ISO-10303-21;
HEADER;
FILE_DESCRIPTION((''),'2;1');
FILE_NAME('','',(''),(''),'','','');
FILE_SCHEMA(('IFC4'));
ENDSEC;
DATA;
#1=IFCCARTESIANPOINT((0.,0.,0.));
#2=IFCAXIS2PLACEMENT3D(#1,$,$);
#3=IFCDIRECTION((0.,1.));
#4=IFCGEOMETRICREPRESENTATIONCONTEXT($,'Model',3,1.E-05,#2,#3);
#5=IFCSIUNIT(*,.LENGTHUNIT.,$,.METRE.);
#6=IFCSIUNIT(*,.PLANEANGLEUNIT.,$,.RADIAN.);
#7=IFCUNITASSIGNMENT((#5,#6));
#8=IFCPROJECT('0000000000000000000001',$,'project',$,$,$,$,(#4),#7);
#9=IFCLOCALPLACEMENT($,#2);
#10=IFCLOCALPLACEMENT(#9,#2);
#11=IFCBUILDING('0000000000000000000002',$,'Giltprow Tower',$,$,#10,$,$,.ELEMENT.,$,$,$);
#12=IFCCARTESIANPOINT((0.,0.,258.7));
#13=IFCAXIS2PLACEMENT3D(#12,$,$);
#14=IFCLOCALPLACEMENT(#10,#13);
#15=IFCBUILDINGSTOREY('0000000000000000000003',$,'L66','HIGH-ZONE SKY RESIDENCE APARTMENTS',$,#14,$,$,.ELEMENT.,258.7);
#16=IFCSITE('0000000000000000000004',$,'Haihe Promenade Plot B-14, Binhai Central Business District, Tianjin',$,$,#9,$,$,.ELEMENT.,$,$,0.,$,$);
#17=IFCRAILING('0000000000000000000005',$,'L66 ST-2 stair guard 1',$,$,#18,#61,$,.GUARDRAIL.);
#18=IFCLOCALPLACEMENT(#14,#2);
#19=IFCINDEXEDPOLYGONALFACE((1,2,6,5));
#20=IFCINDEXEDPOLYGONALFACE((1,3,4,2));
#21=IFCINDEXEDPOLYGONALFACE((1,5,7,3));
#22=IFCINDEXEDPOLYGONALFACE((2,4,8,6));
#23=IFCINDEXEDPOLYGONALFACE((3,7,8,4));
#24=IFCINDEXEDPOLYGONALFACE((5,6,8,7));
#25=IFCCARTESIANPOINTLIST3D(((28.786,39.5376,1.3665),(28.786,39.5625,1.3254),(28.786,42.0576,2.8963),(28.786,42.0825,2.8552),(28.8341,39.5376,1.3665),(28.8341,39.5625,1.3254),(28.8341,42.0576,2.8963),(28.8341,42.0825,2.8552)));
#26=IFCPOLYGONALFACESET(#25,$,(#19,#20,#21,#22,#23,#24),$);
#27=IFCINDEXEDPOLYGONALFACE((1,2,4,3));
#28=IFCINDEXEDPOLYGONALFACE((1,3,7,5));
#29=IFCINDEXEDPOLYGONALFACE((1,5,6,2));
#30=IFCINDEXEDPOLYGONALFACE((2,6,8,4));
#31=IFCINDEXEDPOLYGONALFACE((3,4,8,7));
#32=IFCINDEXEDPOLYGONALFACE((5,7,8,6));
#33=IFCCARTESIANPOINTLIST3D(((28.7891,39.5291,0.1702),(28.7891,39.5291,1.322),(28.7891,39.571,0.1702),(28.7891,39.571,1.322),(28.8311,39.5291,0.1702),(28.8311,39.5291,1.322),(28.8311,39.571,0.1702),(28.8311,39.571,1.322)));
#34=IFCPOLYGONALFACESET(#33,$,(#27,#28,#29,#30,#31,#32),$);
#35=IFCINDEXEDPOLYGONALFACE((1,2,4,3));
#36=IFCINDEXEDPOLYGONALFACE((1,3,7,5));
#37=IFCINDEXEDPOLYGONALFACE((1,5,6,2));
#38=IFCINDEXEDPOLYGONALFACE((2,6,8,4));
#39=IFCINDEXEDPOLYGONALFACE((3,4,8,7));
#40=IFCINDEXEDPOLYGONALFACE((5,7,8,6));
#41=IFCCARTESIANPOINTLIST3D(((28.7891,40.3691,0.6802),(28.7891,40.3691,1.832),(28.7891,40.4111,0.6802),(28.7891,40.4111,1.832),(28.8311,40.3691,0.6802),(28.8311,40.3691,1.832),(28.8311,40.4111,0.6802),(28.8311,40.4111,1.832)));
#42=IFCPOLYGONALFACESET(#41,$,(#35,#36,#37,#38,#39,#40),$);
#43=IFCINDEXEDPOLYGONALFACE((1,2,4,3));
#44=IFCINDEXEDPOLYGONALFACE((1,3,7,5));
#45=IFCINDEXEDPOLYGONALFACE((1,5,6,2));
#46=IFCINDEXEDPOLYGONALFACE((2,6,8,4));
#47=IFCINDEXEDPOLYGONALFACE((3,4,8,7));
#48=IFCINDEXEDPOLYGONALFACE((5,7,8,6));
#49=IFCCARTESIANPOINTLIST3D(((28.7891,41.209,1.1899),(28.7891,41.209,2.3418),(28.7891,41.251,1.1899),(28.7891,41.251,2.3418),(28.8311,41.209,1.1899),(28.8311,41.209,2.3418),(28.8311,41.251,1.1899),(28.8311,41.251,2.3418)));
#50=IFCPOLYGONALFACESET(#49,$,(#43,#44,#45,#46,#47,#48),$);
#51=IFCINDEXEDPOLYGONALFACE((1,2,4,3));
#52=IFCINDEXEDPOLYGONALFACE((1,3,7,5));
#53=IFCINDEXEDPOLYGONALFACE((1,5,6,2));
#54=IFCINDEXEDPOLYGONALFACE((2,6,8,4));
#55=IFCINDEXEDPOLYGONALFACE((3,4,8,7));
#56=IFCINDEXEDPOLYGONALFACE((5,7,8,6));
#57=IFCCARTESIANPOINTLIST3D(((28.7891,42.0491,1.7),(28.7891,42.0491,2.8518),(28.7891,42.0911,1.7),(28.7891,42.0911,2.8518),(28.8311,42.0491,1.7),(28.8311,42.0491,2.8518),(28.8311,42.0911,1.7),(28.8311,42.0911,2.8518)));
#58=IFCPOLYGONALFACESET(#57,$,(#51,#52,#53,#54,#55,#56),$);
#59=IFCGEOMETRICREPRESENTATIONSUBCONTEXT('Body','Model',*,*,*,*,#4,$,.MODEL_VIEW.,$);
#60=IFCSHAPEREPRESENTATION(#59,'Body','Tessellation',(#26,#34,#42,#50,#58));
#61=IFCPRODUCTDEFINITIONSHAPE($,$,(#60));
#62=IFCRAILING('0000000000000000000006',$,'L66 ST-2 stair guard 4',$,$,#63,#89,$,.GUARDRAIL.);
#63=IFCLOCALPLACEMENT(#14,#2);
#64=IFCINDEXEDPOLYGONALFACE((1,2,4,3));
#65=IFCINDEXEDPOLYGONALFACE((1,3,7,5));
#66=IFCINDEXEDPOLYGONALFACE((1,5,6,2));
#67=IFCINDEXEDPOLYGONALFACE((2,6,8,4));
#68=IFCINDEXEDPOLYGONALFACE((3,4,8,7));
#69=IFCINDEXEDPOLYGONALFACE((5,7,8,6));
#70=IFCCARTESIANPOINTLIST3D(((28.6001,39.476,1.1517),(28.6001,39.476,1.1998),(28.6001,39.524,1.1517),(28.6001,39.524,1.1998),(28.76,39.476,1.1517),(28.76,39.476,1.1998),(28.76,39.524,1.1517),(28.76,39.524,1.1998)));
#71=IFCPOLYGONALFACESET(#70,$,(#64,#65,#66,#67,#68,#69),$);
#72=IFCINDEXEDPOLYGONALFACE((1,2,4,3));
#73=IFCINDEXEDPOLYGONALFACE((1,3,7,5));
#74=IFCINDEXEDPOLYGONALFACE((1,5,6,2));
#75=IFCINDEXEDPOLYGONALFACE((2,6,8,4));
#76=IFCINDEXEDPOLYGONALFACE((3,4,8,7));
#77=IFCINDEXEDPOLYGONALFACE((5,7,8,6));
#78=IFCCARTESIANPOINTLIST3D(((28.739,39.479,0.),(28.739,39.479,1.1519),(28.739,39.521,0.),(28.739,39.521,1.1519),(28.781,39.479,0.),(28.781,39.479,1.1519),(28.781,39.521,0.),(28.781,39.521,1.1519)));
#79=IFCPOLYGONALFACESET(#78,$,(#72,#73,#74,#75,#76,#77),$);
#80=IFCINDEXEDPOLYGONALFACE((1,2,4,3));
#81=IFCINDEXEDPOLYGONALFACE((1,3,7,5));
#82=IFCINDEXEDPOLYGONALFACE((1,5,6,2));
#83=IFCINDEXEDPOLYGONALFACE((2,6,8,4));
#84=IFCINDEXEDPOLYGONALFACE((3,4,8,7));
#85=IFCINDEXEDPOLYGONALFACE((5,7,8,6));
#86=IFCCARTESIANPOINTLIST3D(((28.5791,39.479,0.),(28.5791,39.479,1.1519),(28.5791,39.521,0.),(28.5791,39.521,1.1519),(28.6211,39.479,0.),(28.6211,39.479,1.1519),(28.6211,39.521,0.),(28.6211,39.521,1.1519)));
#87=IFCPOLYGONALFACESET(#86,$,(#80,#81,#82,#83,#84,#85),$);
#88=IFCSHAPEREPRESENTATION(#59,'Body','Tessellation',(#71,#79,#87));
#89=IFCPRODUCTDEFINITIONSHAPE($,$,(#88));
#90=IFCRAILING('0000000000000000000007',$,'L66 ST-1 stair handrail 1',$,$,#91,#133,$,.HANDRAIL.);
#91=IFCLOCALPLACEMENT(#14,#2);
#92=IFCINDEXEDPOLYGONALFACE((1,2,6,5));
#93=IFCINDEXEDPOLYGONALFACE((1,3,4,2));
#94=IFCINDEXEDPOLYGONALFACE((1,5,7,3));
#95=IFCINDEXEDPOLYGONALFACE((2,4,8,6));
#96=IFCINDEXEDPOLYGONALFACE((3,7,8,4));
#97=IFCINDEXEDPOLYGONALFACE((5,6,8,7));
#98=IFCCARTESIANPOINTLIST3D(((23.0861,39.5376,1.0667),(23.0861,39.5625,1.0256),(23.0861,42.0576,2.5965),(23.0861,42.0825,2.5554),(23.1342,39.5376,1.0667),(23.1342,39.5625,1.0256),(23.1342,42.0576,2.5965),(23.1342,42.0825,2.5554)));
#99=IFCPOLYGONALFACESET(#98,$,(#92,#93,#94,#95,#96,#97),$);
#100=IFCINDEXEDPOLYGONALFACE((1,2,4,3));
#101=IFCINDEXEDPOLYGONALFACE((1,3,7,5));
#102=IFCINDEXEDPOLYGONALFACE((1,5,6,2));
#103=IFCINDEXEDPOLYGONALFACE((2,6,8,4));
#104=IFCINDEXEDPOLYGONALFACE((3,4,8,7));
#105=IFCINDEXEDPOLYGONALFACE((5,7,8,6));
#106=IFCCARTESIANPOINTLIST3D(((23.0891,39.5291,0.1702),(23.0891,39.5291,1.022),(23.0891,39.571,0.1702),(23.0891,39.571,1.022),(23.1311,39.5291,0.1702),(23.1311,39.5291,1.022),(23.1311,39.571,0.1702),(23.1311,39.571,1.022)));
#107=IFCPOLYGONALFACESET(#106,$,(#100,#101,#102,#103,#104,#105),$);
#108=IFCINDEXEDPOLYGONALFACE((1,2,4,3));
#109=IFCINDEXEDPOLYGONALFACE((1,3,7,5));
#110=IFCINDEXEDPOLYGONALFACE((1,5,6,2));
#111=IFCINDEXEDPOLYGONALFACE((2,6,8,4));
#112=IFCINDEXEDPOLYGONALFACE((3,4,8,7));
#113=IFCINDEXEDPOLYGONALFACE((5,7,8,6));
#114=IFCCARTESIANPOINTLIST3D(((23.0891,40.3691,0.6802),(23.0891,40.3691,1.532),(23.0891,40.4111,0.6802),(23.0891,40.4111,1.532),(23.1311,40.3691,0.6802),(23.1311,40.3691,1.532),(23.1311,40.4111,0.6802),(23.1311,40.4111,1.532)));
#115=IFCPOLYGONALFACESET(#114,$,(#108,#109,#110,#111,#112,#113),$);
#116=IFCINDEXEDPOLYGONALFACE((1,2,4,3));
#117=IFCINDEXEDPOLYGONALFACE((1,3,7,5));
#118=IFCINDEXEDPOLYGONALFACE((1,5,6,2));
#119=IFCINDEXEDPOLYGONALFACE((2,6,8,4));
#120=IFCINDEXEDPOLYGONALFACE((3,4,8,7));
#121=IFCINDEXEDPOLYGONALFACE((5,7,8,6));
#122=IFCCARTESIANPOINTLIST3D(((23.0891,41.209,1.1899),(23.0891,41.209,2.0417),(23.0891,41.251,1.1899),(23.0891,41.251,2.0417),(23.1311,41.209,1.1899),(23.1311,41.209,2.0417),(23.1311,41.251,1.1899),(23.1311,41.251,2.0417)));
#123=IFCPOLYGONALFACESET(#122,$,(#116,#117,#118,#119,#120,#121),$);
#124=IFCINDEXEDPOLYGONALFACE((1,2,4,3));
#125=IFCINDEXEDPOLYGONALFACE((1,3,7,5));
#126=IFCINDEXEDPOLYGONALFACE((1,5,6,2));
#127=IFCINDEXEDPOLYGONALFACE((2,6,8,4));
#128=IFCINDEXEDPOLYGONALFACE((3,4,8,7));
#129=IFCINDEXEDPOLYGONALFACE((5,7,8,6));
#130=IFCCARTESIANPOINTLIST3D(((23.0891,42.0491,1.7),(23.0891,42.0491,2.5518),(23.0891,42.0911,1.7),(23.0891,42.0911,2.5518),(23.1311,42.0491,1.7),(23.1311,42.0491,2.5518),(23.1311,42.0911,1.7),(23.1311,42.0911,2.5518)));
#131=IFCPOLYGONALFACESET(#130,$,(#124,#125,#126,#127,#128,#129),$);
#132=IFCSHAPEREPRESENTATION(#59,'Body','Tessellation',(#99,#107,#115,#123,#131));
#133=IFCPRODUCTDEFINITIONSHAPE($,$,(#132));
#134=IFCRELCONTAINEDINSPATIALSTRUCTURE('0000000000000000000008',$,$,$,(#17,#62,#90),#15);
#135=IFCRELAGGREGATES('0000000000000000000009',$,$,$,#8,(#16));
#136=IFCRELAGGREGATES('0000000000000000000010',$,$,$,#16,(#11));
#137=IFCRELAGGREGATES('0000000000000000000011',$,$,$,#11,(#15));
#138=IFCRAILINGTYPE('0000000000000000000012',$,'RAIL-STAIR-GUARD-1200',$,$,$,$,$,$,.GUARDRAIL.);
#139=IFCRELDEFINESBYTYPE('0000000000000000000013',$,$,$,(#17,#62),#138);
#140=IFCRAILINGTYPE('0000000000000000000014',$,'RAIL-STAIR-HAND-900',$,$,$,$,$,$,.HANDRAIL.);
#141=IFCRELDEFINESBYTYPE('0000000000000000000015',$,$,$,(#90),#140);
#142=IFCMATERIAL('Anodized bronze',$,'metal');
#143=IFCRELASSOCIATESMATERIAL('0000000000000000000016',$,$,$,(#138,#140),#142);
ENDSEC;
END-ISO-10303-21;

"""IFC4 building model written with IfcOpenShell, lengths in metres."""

from ifc_helpers import new_model, si_unit, direction, frame, origin, origin_2d, place, context, subcontext, project, spatial, rectangle, extrude, material, type_object, element, save


model = new_model("IFC4")

# Units and contexts
model_context = context("Model", 3, precision=1e-05, world=origin(), true_north=direction((0.0, 1.0)))
body_context = subcontext(model_context, "Body", "Model", "MODEL_VIEW")
ifc_project = project(units=[si_unit("LENGTHUNIT", "METRE"), si_unit("PLANEANGLEUNIT", "RADIAN")], contexts=[model_context])

# Site, building, storey
site_placement = place(None, origin())
site = spatial("IfcSite", under=ifc_project, at=site_placement, Name="Haihe Promenade Plot B-14, Binhai Central Business District, Tianjin", CompositionType="ELEMENT", RefElevation=0.0)
building_placement = place(site_placement, origin())
building = spatial("IfcBuilding", under=site, at=building_placement, Name="Giltprow Tower", CompositionType="ELEMENT")
storey_placement = place(building_placement, frame((0.0, 0.0, 258.7)))
storey = spatial("IfcBuildingStorey", under=building, at=storey_placement, Name="L66", Description="HIGH-ZONE SKY RESIDENCE APARTMENTS", CompositionType="ELEMENT", Elevation=258.7)

# Railings
ifc_material_1 = material(Name="Anodized bronze", Category="metal")
railing_type_1 = type_object("IfcRailingType", Name="RAIL-STAIR-GUARD-1200", PredefinedType="GUARDRAIL", material=ifc_material_1)
railing_1_placement = place(storey_placement, frame((28.8101, 39.55, 0.1702)))
element("IfcRailing", 1, at=railing_1_placement, inside=storey, type_object=railing_type_1, Name="L66 ST-2 stair guard 1", PredefinedType="GUARDRAIL", context=body_context, shape_type="SweptSolid", body=[
    extrude(rectangle(XDim=0.0481, YDim=0.0481, at=origin_2d()), frame((0.0, 0.0, 1.1758), z_axis=(0.0, 0.854822, 0.518922), x_axis=(-1.0, 0.0, 0.0)), (0.0, 0.0, 1.0), 2.948),
    extrude(rectangle(XDim=0.042, YDim=0.042, at=origin_2d()), origin(), (0.0, 0.0, 1.0), 1.1519),
    extrude(rectangle(XDim=0.042, YDim=0.042, at=origin_2d()), frame((0.0, 0.8401, 0.51)), (0.0, 0.0, 1.0), 1.1519),
    extrude(rectangle(XDim=0.042, YDim=0.042, at=origin_2d()), frame((0.0, 1.6799, 1.0198)), (0.0, 0.0, 1.0), 1.1519),
    extrude(rectangle(XDim=0.042, YDim=0.042, at=origin_2d()), frame((0.0, 2.52, 1.5298)), (0.0, 0.0, 1.0), 1.1519),
])
railing_2_placement = place(storey_placement, frame((28.76, 39.5, 0.0)))
element("IfcRailing", 2, at=railing_2_placement, inside=storey, type_object=railing_type_1, Name="L66 ST-2 stair guard 4", PredefinedType="GUARDRAIL", context=body_context, shape_type="SweptSolid", body=[
    extrude(rectangle(XDim=0.0481, YDim=0.0481, at=origin_2d()), frame((0.0, 0.0, 1.1758), z_axis=(-1.0, 0.0, 0.0), x_axis=(0.0, -1.0, 0.0)), (0.0, 0.0, 1.0), 0.1599),
    extrude(rectangle(XDim=0.042, YDim=0.042, at=origin_2d()), origin(), (0.0, 0.0, 1.0), 1.1519),
    extrude(rectangle(XDim=0.042, YDim=0.042, at=origin_2d()), frame((-0.1599, 0.0, 0.0)), (0.0, 0.0, 1.0), 1.1519),
])
railing_type_2 = type_object("IfcRailingType", Name="RAIL-STAIR-HAND-900", PredefinedType="HANDRAIL", material=ifc_material_1)
railing_3_placement = place(storey_placement, frame((23.1101, 39.55, 0.1702)))
element("IfcRailing", 3, at=railing_3_placement, inside=storey, type_object=railing_type_2, Name="L66 ST-1 stair handrail 1", PredefinedType="HANDRAIL", context=body_context, shape_type="SweptSolid", body=[
    extrude(rectangle(XDim=0.0481, YDim=0.0481, at=origin_2d()), frame((0.0, 0.0, 0.876), z_axis=(0.0, 0.854822, 0.518922), x_axis=(-1.0, 0.0, 0.0)), (0.0, 0.0, 1.0), 2.948),
    extrude(rectangle(XDim=0.042, YDim=0.042, at=origin_2d()), origin(), (0.0, 0.0, 1.0), 0.8518),
    extrude(rectangle(XDim=0.042, YDim=0.042, at=origin_2d()), frame((0.0, 0.8401, 0.51)), (0.0, 0.0, 1.0), 0.8518),
    extrude(rectangle(XDim=0.042, YDim=0.042, at=origin_2d()), frame((0.0, 1.6799, 1.0198)), (0.0, 0.0, 1.0), 0.8518),
    extrude(rectangle(XDim=0.042, YDim=0.042, at=origin_2d()), frame((0.0, 2.52, 1.5298)), (0.0, 0.0, 1.0), 0.8518),
])

save(model, "model.ifc")
